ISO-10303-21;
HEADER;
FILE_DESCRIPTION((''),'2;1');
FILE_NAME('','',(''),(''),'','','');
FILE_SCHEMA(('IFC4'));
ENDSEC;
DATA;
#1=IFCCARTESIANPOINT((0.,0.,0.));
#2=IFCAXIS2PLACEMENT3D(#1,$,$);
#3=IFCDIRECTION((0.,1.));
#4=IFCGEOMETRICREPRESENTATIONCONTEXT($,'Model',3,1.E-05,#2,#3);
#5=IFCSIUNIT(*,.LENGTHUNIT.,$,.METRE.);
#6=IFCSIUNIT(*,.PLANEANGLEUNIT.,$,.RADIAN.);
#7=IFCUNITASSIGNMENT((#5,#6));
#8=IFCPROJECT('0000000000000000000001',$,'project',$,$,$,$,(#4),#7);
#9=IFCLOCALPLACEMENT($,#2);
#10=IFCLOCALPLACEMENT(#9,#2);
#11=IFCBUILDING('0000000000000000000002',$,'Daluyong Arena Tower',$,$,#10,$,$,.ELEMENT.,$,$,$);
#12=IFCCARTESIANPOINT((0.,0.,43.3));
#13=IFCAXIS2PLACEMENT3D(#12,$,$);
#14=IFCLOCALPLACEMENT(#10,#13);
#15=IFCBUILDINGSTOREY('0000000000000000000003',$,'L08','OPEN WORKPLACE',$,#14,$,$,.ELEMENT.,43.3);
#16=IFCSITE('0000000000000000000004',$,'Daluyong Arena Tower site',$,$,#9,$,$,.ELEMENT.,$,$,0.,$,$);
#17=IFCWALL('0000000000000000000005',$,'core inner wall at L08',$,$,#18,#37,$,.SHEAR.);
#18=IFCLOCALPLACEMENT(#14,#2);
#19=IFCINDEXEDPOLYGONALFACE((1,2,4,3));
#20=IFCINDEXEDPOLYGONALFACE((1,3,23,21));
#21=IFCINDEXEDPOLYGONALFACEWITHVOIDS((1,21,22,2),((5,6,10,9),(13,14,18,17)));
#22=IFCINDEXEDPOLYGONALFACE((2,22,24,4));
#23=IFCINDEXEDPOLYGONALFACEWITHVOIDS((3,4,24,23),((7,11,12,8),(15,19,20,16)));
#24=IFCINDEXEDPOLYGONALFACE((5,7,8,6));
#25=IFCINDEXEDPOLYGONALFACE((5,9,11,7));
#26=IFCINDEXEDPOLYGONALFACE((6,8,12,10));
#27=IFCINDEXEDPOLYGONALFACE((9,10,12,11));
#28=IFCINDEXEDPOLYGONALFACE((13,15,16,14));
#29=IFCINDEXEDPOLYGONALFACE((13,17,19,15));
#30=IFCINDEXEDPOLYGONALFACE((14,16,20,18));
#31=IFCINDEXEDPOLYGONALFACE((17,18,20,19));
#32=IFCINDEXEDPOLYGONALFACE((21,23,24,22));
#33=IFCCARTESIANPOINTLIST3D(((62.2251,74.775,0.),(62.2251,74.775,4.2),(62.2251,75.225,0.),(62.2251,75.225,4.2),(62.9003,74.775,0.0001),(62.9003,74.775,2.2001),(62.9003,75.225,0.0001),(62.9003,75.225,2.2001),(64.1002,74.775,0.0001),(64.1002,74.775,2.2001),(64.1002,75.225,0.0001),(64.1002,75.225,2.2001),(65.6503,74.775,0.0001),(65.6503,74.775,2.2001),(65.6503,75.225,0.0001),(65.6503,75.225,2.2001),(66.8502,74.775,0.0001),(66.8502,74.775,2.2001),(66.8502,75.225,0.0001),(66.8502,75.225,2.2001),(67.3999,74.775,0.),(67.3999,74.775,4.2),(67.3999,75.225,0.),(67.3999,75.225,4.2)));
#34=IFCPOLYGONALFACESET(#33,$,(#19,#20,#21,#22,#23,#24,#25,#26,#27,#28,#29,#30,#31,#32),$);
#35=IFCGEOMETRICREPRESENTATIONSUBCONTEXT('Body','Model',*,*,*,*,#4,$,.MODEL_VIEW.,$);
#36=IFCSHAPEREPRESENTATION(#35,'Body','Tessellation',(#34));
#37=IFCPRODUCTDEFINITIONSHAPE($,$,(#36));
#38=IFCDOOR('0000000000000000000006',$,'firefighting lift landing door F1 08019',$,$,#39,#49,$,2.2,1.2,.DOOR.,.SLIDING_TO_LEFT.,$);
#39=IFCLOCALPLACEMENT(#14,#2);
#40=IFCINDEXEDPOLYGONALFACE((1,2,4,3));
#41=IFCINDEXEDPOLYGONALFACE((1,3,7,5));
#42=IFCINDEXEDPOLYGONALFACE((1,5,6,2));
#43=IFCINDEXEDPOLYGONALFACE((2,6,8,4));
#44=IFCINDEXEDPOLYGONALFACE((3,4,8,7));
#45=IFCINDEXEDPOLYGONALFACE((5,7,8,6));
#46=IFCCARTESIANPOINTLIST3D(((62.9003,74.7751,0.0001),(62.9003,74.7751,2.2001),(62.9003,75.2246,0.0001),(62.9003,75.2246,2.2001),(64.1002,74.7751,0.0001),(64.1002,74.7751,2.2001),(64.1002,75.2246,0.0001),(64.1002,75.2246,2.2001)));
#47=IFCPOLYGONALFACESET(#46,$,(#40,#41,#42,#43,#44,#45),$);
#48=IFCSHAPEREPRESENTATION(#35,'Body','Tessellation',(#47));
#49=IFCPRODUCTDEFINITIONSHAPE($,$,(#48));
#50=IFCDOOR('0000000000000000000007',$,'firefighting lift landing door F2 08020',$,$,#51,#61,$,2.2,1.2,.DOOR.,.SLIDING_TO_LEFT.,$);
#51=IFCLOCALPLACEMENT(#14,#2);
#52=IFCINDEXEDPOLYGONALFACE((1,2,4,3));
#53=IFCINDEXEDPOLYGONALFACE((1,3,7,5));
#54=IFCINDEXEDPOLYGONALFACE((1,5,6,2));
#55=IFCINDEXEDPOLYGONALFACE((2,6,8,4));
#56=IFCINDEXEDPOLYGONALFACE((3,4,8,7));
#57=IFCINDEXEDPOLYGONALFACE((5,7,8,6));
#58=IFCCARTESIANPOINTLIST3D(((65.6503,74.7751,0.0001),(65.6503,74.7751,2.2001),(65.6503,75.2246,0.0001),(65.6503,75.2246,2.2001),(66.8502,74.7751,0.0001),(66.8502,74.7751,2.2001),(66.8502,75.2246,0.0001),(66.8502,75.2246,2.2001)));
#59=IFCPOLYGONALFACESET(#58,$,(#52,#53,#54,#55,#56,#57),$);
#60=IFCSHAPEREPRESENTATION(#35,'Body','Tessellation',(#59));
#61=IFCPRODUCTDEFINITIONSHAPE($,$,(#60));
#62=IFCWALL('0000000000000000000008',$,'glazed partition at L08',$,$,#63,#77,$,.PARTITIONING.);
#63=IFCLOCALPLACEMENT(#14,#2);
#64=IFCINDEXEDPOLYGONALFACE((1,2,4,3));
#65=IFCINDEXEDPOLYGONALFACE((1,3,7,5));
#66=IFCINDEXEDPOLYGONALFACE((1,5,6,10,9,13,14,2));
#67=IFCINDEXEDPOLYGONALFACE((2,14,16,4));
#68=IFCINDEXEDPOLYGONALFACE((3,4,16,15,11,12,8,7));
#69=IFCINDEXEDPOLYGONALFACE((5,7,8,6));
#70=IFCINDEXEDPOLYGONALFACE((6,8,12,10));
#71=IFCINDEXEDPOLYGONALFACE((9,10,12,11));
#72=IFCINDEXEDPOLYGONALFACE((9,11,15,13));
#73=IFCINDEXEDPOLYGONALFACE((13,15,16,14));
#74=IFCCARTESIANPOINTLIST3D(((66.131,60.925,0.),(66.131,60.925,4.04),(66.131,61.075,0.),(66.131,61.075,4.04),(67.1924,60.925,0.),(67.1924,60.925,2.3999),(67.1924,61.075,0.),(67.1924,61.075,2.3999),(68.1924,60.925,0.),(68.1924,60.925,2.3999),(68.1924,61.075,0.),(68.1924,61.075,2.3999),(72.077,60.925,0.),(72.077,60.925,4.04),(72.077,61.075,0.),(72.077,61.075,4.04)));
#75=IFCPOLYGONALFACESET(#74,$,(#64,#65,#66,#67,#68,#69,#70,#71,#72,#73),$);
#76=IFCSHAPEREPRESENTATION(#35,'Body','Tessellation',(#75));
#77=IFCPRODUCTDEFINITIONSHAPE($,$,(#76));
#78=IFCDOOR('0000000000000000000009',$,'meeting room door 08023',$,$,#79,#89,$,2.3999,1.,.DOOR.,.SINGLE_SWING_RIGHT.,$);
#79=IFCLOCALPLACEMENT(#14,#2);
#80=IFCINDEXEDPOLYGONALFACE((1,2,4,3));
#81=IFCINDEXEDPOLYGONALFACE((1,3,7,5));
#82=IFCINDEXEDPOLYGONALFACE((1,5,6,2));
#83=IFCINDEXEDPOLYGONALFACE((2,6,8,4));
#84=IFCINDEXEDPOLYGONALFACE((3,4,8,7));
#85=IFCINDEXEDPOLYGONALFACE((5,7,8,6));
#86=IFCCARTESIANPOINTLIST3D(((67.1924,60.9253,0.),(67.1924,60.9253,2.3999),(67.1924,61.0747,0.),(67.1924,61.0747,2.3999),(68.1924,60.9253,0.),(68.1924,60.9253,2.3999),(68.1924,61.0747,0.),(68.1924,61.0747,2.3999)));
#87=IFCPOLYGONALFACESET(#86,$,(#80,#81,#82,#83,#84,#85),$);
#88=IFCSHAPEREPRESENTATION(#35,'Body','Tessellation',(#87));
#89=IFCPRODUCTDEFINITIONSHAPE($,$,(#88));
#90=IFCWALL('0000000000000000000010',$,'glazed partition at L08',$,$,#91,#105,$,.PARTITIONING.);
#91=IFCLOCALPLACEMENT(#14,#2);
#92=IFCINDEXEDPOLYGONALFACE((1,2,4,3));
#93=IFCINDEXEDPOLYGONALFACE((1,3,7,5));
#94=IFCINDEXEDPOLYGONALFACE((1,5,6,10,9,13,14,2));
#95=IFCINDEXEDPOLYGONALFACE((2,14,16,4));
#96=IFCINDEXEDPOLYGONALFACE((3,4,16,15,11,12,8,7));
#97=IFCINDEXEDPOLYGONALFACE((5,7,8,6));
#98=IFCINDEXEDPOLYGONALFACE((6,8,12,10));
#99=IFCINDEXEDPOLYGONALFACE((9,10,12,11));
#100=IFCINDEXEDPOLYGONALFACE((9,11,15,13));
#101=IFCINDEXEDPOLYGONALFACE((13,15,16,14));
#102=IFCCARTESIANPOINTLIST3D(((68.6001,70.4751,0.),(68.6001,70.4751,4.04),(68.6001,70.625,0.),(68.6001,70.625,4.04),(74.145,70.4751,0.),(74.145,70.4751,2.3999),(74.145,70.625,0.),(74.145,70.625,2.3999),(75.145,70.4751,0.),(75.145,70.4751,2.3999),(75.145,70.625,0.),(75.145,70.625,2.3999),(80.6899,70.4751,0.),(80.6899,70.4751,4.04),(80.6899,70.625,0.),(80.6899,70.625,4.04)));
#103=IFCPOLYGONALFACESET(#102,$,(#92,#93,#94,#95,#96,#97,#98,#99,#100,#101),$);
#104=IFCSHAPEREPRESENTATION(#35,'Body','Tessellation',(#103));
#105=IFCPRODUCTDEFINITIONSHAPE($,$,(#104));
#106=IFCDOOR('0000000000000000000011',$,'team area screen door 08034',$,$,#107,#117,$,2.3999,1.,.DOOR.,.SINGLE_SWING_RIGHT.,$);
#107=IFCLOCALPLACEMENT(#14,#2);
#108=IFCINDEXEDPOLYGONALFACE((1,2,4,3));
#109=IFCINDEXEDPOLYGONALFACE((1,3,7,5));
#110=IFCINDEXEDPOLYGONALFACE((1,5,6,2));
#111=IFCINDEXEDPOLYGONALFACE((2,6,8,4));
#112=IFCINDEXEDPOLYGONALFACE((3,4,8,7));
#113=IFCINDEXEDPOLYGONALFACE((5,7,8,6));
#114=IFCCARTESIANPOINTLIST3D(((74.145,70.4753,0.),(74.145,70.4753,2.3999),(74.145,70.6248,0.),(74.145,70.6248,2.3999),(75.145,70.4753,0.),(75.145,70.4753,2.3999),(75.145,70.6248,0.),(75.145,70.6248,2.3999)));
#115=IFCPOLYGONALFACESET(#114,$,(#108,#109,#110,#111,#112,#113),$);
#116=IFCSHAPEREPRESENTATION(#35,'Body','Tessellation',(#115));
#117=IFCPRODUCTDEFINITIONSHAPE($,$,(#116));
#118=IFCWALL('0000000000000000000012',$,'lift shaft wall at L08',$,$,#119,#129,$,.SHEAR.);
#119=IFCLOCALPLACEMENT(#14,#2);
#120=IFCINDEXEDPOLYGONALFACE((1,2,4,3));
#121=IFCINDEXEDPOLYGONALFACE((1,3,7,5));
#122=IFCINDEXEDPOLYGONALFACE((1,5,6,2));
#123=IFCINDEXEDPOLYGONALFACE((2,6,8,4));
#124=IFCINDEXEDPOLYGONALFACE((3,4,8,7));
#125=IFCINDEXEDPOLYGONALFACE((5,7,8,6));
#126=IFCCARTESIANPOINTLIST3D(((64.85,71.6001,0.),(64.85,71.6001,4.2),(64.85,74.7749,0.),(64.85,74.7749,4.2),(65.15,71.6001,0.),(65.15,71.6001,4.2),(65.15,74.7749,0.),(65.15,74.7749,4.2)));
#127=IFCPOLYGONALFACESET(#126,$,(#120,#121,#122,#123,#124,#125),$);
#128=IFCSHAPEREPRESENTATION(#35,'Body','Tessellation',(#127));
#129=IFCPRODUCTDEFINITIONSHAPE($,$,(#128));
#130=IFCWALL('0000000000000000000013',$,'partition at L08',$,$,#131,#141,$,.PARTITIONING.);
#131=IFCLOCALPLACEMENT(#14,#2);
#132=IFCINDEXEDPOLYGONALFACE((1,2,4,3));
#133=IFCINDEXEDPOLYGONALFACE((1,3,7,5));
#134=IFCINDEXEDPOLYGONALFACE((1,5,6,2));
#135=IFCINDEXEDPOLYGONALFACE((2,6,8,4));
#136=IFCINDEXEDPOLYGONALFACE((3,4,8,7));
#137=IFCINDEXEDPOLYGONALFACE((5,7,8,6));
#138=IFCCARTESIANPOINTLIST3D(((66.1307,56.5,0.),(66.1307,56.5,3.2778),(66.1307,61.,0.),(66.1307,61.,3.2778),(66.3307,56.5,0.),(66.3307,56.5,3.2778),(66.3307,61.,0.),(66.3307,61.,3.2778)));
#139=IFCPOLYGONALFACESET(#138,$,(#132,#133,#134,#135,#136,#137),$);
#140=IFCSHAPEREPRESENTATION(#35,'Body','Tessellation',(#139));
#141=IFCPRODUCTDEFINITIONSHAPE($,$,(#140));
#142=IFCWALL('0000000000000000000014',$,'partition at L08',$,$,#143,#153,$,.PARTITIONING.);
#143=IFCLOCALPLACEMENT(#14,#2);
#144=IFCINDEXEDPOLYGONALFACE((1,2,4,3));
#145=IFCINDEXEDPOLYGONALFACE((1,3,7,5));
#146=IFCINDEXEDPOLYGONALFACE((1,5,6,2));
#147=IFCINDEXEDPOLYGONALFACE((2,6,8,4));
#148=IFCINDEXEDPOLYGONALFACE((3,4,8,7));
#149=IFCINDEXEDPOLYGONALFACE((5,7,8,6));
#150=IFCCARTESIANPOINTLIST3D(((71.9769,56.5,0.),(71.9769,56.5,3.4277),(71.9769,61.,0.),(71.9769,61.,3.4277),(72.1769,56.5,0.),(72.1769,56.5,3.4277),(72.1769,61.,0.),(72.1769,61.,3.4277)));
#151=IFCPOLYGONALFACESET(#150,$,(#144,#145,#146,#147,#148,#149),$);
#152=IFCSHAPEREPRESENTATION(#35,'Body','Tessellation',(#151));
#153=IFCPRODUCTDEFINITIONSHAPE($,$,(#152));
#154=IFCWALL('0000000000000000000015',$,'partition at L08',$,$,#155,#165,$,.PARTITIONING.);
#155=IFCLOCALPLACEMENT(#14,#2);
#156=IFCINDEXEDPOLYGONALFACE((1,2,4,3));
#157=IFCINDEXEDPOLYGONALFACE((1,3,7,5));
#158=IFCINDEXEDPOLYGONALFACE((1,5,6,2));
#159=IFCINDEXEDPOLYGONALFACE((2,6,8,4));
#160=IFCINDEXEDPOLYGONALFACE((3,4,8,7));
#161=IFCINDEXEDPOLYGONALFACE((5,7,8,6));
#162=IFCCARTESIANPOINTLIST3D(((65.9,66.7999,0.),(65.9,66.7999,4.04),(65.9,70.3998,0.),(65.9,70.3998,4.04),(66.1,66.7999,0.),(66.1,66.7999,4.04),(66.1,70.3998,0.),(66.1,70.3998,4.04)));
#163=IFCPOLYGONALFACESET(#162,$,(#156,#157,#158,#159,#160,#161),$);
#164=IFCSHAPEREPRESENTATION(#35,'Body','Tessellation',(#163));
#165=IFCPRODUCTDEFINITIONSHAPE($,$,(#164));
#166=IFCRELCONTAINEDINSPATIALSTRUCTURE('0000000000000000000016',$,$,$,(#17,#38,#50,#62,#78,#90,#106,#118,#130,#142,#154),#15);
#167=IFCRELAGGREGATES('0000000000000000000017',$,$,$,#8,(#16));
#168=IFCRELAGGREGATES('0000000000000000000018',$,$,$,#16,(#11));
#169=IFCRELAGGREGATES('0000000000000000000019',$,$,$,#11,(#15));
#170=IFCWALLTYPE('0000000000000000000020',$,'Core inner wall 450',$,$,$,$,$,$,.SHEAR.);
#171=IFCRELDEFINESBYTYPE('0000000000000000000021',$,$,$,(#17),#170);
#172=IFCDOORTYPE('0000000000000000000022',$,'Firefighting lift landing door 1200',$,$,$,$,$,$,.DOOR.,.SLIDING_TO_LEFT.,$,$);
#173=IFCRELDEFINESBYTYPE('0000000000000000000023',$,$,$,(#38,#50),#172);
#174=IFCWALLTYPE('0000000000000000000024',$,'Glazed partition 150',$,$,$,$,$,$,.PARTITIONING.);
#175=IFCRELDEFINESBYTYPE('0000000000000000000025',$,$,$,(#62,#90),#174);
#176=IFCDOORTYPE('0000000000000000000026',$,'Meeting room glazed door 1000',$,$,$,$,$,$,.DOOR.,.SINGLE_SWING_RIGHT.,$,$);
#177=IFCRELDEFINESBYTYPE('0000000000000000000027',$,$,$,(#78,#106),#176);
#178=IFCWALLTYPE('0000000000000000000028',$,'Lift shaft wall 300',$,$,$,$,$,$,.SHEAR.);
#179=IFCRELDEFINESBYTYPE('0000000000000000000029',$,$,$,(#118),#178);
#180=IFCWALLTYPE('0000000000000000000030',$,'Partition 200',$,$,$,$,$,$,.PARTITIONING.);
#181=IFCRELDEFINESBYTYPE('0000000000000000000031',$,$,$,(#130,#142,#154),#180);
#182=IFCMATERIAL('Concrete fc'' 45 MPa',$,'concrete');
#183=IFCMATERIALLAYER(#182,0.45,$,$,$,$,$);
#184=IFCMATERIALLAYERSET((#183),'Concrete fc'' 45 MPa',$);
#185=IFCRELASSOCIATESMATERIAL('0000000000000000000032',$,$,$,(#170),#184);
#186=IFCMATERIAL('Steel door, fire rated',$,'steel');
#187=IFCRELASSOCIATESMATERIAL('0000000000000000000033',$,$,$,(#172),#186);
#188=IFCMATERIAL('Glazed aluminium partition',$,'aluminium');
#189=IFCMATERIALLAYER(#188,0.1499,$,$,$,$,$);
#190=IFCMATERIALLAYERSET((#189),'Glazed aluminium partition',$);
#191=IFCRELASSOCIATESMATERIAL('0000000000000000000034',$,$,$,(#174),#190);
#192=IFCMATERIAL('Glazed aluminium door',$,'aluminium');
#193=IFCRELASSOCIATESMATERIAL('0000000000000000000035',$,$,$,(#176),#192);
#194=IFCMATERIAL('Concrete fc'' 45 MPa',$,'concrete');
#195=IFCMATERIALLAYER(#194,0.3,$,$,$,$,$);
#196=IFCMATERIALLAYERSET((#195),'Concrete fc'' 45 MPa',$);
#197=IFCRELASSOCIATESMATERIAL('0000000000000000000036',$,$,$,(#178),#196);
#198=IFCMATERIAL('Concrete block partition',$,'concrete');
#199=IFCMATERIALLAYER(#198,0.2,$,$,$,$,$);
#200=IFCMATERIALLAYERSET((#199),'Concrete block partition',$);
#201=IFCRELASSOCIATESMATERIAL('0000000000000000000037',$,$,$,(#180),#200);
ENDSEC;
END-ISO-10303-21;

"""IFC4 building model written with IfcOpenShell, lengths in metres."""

from ifc_helpers import new_model, si_unit, direction, frame, frame_2d, origin, place, context, subcontext, project, spatial, rectangle, extrude, material, layer, layer_set, type_object, element, fill, save


model = new_model("IFC4")

# Units and contexts
model_context = context("Model", 3, precision=1e-05, world=origin(), true_north=direction((0.0, 1.0)))
body_context = subcontext(model_context, "Body", "Model", "MODEL_VIEW")
ifc_project = project(units=[si_unit("LENGTHUNIT", "METRE"), si_unit("PLANEANGLEUNIT", "RADIAN")], contexts=[model_context])

# Site, building, storey
site_placement = place(None, origin())
site = spatial("IfcSite", under=ifc_project, at=site_placement, Name="Daluyong Arena Tower site", CompositionType="ELEMENT", RefElevation=0.0)
building_placement = place(site_placement, origin())
building = spatial("IfcBuilding", under=site, at=building_placement, Name="Daluyong Arena Tower", CompositionType="ELEMENT")
storey_placement = place(building_placement, frame((0.0, 0.0, 43.3)))
storey = spatial("IfcBuildingStorey", under=building, at=storey_placement, Name="L08", Description="OPEN WORKPLACE", CompositionType="ELEMENT", Elevation=43.3)

# Shared definitions
ifc_material_1 = material(Name="Concrete fc' 45 MPa", Category="concrete")
ifc_layer_1 = layer(ifc_material_1, 0.45)
ifc_layer_set_1 = layer_set([ifc_layer_1], Name="Concrete fc' 45 MPa")
wall_type_1 = type_object("IfcWallType", Name="Core inner wall 450", PredefinedType="SHEAR", material=ifc_layer_set_1)

# Wall, openings, doors
wall_1_placement = place(storey_placement, frame((62.2251, 75.0, 0.0), z_axis=(0.0, 0.0, 1.0), x_axis=(1.0, 0.0, 0.0)))
wall_1 = element("IfcWall", 1, at=wall_1_placement, inside=storey, type_object=wall_type_1, Name="core inner wall at L08", PredefinedType="SHEAR", context=body_context, shape_type="SweptSolid", body=[
    extrude(rectangle(XDim=5.1748, YDim=0.45, at=frame_2d((2.5874, 0.0))), origin(), (0.0, 0.0, 1.0), 4.2),
])
opening_1_placement = place(wall_1_placement, frame((0.675, 0.0, 0.0)))
opening_1 = element("IfcOpeningElement", 2, at=opening_1_placement, cuts=wall_1, PredefinedType="OPENING", context=body_context, shape_type="SweptSolid", body=[
    extrude(rectangle(XDim=1.2, YDim=2.2, at=frame_2d((0.6001, 1.1001))), frame((0.0, 0.2349, 0.0), z_axis=(0.0, -1.0, 0.0), x_axis=(1.0, 0.0, 0.0)), (0.0, 0.0, 1.0), 0.47),
])
opening_2_placement = place(wall_1_placement, frame((3.425, 0.0, 0.0)))
opening_2 = element("IfcOpeningElement", 3, at=opening_2_placement, cuts=wall_1, PredefinedType="OPENING", context=body_context, shape_type="SweptSolid", body=[
    extrude(rectangle(XDim=1.2, YDim=2.2, at=frame_2d((0.6001, 1.1001))), frame((0.0, 0.2349, 0.0), z_axis=(0.0, -1.0, 0.0), x_axis=(1.0, 0.0, 0.0)), (0.0, 0.0, 1.0), 0.47),
])
ifc_material_2 = material(Name="Steel door, fire rated", Category="steel")
door_type_1 = type_object("IfcDoorType", Name="Firefighting lift landing door 1200", OperationType="SLIDING_TO_LEFT", PredefinedType="DOOR", material=ifc_material_2)
door_1_placement = place(opening_1_placement, origin())
door_1 = element("IfcDoor", 4, at=door_1_placement, inside=storey, type_object=door_type_1, Name="firefighting lift landing door F1 08019", OperationType="SLIDING_TO_LEFT", OverallHeight=2.2, OverallWidth=1.2, PredefinedType="DOOR", context=body_context, shape_type="SweptSolid", body=[
    extrude(rectangle(XDim=1.2, YDim=2.2, at=frame_2d((0.6001, 1.1001))), frame((0.0, 0.2246, 0.0), z_axis=(0.0, -1.0, 0.0), x_axis=(1.0, 0.0, 0.0)), (0.0, 0.0, 1.0), 0.4495),
])
fill(opening_1, door_1)
door_2_placement = place(opening_2_placement, origin())
door_2 = element("IfcDoor", 5, at=door_2_placement, inside=storey, type_object=door_type_1, Name="firefighting lift landing door F2 08020", OperationType="SLIDING_TO_LEFT", OverallHeight=2.2, OverallWidth=1.2, PredefinedType="DOOR", context=body_context, shape_type="SweptSolid", body=[
    extrude(rectangle(XDim=1.2, YDim=2.2, at=frame_2d((0.6001, 1.1001))), frame((0.0, 0.2246, 0.0), z_axis=(0.0, -1.0, 0.0), x_axis=(1.0, 0.0, 0.0)), (0.0, 0.0, 1.0), 0.4495),
])
fill(opening_2, door_2)

# Walls, openings, doors
ifc_material_3 = material(Name="Glazed aluminium partition", Category="aluminium")
ifc_layer_2 = layer(ifc_material_3, 0.1499)
ifc_layer_set_2 = layer_set([ifc_layer_2], Name="Glazed aluminium partition")
wall_type_2 = type_object("IfcWallType", Name="Glazed partition 150", PredefinedType="PARTITIONING", material=ifc_layer_set_2)
wall_2_placement = place(storey_placement, frame((66.1309, 61.0, 0.0), z_axis=(0.0, 0.0, 1.0), x_axis=(1.0, 0.0, 0.0)))
wall_2 = element("IfcWall", 6, at=wall_2_placement, inside=storey, type_object=wall_type_2, Name="glazed partition at L08", PredefinedType="PARTITIONING", context=body_context, shape_type="SweptSolid", body=[
    extrude(rectangle(XDim=5.946, YDim=0.1499, at=frame_2d((2.9731, 0.0))), origin(), (0.0, 0.0, 1.0), 4.04),
])
opening_3_placement = place(wall_2_placement, frame((1.0615, 0.0, 0.0)))
opening_3 = element("IfcOpeningElement", 7, at=opening_3_placement, cuts=wall_2, PredefinedType="OPENING", context=body_context, shape_type="SweptSolid", body=[
    extrude(rectangle(XDim=1.0, YDim=2.3999, at=frame_2d((0.5, 1.2))), frame((0.0, 0.085, 0.0), z_axis=(0.0, -1.0, 0.0), x_axis=(1.0, 0.0, 0.0)), (0.0, 0.0, 1.0), 0.1699),
])
ifc_material_4 = material(Name="Glazed aluminium door", Category="aluminium")
door_type_2 = type_object("IfcDoorType", Name="Meeting room glazed door 1000", OperationType="SINGLE_SWING_RIGHT", PredefinedType="DOOR", material=ifc_material_4)
door_3_placement = place(opening_3_placement, origin())
door_3 = element("IfcDoor", 8, at=door_3_placement, inside=storey, type_object=door_type_2, Name="meeting room door 08023", OperationType="SINGLE_SWING_RIGHT", OverallHeight=2.3999, OverallWidth=1.0, PredefinedType="DOOR", context=body_context, shape_type="SweptSolid", body=[
    extrude(rectangle(XDim=1.0, YDim=2.3999, at=frame_2d((0.5, 1.2))), frame((0.0, 0.0747, 0.0), z_axis=(0.0, -1.0, 0.0), x_axis=(1.0, 0.0, 0.0)), (0.0, 0.0, 1.0), 0.1494),
])
fill(opening_3, door_3)
wall_3_placement = place(storey_placement, frame((68.6001, 70.55, 0.0), z_axis=(0.0, 0.0, 1.0), x_axis=(1.0, 0.0, 0.0)))
wall_3 = element("IfcWall", 9, at=wall_3_placement, inside=storey, type_object=wall_type_2, Name="glazed partition at L08", PredefinedType="PARTITIONING", context=body_context, shape_type="SweptSolid", body=[
    extrude(rectangle(XDim=12.0898, YDim=0.1499, at=frame_2d((6.0449, 0.0))), origin(), (0.0, 0.0, 1.0), 4.04),
])
opening_4_placement = place(wall_3_placement, frame((5.5449, 0.0, 0.0)))
opening_4 = element("IfcOpeningElement", 10, at=opening_4_placement, cuts=wall_3, PredefinedType="OPENING", context=body_context, shape_type="SweptSolid", body=[
    extrude(rectangle(XDim=1.0, YDim=2.3999, at=frame_2d((0.5, 1.2))), frame((0.0, 0.085, 0.0), z_axis=(0.0, -1.0, 0.0), x_axis=(1.0, 0.0, 0.0)), (0.0, 0.0, 1.0), 0.1699),
])
door_4_placement = place(opening_4_placement, origin())
door_4 = element("IfcDoor", 11, at=door_4_placement, inside=storey, type_object=door_type_2, Name="team area screen door 08034", OperationType="SINGLE_SWING_RIGHT", OverallHeight=2.3999, OverallWidth=1.0, PredefinedType="DOOR", context=body_context, shape_type="SweptSolid", body=[
    extrude(rectangle(XDim=1.0, YDim=2.3999, at=frame_2d((0.5, 1.2))), frame((0.0, 0.0747, 0.0), z_axis=(0.0, -1.0, 0.0), x_axis=(1.0, 0.0, 0.0)), (0.0, 0.0, 1.0), 0.1494),
])
fill(opening_4, door_4)

# Walls
ifc_material_5 = material(Name="Concrete fc' 45 MPa", Category="concrete")
ifc_layer_3 = layer(ifc_material_5, 0.3)
ifc_layer_set_3 = layer_set([ifc_layer_3], Name="Concrete fc' 45 MPa")
wall_type_3 = type_object("IfcWallType", Name="Lift shaft wall 300", PredefinedType="SHEAR", material=ifc_layer_set_3)
wall_4_placement = place(storey_placement, frame((65.0, 71.6001, 0.0), z_axis=(0.0, 0.0, 1.0), x_axis=(0.0, 1.0, 0.0)))
element("IfcWall", 12, at=wall_4_placement, inside=storey, type_object=wall_type_3, Name="lift shaft wall at L08", PredefinedType="SHEAR", context=body_context, shape_type="SweptSolid", body=[
    extrude(rectangle(XDim=3.1748, YDim=0.3, at=frame_2d((1.5874, 0.0))), origin(), (0.0, 0.0, 1.0), 4.2),
])
ifc_material_6 = material(Name="Concrete block partition", Category="concrete")
ifc_layer_4 = layer(ifc_material_6, 0.2)
ifc_layer_set_4 = layer_set([ifc_layer_4], Name="Concrete block partition")
wall_type_4 = type_object("IfcWallType", Name="Partition 200", PredefinedType="PARTITIONING", material=ifc_layer_set_4)
wall_5_placement = place(storey_placement, frame((66.2307, 56.5, 0.0), z_axis=(0.0, 0.0, 1.0), x_axis=(0.0, 1.0, 0.0)))
element("IfcWall", 13, at=wall_5_placement, inside=storey, type_object=wall_type_4, Name="partition at L08", PredefinedType="PARTITIONING", context=body_context, shape_type="SweptSolid", body=[
    extrude(rectangle(XDim=4.5, YDim=0.2, at=frame_2d((2.25, 0.0))), origin(), (0.0, 0.0, 1.0), 3.2778),
])
wall_6_placement = place(storey_placement, frame((72.0769, 56.5, 0.0), z_axis=(0.0, 0.0, 1.0), x_axis=(0.0, 1.0, 0.0)))
element("IfcWall", 14, at=wall_6_placement, inside=storey, type_object=wall_type_4, Name="partition at L08", PredefinedType="PARTITIONING", context=body_context, shape_type="SweptSolid", body=[
    extrude(rectangle(XDim=4.5, YDim=0.2, at=frame_2d((2.25, 0.0))), origin(), (0.0, 0.0, 1.0), 3.4277),
])
wall_7_placement = place(storey_placement, frame((66.0, 66.8, 0.0), z_axis=(0.0, 0.0, 1.0), x_axis=(0.0, 1.0, 0.0)))
element("IfcWall", 15, at=wall_7_placement, inside=storey, type_object=wall_type_4, Name="partition at L08", PredefinedType="PARTITIONING", context=body_context, shape_type="SweptSolid", body=[
    extrude(rectangle(XDim=3.5999, YDim=0.2, at=frame_2d((1.7998, 0.0))), origin(), (0.0, 0.0, 1.0), 4.04),
])

save(model, "model.ifc")
